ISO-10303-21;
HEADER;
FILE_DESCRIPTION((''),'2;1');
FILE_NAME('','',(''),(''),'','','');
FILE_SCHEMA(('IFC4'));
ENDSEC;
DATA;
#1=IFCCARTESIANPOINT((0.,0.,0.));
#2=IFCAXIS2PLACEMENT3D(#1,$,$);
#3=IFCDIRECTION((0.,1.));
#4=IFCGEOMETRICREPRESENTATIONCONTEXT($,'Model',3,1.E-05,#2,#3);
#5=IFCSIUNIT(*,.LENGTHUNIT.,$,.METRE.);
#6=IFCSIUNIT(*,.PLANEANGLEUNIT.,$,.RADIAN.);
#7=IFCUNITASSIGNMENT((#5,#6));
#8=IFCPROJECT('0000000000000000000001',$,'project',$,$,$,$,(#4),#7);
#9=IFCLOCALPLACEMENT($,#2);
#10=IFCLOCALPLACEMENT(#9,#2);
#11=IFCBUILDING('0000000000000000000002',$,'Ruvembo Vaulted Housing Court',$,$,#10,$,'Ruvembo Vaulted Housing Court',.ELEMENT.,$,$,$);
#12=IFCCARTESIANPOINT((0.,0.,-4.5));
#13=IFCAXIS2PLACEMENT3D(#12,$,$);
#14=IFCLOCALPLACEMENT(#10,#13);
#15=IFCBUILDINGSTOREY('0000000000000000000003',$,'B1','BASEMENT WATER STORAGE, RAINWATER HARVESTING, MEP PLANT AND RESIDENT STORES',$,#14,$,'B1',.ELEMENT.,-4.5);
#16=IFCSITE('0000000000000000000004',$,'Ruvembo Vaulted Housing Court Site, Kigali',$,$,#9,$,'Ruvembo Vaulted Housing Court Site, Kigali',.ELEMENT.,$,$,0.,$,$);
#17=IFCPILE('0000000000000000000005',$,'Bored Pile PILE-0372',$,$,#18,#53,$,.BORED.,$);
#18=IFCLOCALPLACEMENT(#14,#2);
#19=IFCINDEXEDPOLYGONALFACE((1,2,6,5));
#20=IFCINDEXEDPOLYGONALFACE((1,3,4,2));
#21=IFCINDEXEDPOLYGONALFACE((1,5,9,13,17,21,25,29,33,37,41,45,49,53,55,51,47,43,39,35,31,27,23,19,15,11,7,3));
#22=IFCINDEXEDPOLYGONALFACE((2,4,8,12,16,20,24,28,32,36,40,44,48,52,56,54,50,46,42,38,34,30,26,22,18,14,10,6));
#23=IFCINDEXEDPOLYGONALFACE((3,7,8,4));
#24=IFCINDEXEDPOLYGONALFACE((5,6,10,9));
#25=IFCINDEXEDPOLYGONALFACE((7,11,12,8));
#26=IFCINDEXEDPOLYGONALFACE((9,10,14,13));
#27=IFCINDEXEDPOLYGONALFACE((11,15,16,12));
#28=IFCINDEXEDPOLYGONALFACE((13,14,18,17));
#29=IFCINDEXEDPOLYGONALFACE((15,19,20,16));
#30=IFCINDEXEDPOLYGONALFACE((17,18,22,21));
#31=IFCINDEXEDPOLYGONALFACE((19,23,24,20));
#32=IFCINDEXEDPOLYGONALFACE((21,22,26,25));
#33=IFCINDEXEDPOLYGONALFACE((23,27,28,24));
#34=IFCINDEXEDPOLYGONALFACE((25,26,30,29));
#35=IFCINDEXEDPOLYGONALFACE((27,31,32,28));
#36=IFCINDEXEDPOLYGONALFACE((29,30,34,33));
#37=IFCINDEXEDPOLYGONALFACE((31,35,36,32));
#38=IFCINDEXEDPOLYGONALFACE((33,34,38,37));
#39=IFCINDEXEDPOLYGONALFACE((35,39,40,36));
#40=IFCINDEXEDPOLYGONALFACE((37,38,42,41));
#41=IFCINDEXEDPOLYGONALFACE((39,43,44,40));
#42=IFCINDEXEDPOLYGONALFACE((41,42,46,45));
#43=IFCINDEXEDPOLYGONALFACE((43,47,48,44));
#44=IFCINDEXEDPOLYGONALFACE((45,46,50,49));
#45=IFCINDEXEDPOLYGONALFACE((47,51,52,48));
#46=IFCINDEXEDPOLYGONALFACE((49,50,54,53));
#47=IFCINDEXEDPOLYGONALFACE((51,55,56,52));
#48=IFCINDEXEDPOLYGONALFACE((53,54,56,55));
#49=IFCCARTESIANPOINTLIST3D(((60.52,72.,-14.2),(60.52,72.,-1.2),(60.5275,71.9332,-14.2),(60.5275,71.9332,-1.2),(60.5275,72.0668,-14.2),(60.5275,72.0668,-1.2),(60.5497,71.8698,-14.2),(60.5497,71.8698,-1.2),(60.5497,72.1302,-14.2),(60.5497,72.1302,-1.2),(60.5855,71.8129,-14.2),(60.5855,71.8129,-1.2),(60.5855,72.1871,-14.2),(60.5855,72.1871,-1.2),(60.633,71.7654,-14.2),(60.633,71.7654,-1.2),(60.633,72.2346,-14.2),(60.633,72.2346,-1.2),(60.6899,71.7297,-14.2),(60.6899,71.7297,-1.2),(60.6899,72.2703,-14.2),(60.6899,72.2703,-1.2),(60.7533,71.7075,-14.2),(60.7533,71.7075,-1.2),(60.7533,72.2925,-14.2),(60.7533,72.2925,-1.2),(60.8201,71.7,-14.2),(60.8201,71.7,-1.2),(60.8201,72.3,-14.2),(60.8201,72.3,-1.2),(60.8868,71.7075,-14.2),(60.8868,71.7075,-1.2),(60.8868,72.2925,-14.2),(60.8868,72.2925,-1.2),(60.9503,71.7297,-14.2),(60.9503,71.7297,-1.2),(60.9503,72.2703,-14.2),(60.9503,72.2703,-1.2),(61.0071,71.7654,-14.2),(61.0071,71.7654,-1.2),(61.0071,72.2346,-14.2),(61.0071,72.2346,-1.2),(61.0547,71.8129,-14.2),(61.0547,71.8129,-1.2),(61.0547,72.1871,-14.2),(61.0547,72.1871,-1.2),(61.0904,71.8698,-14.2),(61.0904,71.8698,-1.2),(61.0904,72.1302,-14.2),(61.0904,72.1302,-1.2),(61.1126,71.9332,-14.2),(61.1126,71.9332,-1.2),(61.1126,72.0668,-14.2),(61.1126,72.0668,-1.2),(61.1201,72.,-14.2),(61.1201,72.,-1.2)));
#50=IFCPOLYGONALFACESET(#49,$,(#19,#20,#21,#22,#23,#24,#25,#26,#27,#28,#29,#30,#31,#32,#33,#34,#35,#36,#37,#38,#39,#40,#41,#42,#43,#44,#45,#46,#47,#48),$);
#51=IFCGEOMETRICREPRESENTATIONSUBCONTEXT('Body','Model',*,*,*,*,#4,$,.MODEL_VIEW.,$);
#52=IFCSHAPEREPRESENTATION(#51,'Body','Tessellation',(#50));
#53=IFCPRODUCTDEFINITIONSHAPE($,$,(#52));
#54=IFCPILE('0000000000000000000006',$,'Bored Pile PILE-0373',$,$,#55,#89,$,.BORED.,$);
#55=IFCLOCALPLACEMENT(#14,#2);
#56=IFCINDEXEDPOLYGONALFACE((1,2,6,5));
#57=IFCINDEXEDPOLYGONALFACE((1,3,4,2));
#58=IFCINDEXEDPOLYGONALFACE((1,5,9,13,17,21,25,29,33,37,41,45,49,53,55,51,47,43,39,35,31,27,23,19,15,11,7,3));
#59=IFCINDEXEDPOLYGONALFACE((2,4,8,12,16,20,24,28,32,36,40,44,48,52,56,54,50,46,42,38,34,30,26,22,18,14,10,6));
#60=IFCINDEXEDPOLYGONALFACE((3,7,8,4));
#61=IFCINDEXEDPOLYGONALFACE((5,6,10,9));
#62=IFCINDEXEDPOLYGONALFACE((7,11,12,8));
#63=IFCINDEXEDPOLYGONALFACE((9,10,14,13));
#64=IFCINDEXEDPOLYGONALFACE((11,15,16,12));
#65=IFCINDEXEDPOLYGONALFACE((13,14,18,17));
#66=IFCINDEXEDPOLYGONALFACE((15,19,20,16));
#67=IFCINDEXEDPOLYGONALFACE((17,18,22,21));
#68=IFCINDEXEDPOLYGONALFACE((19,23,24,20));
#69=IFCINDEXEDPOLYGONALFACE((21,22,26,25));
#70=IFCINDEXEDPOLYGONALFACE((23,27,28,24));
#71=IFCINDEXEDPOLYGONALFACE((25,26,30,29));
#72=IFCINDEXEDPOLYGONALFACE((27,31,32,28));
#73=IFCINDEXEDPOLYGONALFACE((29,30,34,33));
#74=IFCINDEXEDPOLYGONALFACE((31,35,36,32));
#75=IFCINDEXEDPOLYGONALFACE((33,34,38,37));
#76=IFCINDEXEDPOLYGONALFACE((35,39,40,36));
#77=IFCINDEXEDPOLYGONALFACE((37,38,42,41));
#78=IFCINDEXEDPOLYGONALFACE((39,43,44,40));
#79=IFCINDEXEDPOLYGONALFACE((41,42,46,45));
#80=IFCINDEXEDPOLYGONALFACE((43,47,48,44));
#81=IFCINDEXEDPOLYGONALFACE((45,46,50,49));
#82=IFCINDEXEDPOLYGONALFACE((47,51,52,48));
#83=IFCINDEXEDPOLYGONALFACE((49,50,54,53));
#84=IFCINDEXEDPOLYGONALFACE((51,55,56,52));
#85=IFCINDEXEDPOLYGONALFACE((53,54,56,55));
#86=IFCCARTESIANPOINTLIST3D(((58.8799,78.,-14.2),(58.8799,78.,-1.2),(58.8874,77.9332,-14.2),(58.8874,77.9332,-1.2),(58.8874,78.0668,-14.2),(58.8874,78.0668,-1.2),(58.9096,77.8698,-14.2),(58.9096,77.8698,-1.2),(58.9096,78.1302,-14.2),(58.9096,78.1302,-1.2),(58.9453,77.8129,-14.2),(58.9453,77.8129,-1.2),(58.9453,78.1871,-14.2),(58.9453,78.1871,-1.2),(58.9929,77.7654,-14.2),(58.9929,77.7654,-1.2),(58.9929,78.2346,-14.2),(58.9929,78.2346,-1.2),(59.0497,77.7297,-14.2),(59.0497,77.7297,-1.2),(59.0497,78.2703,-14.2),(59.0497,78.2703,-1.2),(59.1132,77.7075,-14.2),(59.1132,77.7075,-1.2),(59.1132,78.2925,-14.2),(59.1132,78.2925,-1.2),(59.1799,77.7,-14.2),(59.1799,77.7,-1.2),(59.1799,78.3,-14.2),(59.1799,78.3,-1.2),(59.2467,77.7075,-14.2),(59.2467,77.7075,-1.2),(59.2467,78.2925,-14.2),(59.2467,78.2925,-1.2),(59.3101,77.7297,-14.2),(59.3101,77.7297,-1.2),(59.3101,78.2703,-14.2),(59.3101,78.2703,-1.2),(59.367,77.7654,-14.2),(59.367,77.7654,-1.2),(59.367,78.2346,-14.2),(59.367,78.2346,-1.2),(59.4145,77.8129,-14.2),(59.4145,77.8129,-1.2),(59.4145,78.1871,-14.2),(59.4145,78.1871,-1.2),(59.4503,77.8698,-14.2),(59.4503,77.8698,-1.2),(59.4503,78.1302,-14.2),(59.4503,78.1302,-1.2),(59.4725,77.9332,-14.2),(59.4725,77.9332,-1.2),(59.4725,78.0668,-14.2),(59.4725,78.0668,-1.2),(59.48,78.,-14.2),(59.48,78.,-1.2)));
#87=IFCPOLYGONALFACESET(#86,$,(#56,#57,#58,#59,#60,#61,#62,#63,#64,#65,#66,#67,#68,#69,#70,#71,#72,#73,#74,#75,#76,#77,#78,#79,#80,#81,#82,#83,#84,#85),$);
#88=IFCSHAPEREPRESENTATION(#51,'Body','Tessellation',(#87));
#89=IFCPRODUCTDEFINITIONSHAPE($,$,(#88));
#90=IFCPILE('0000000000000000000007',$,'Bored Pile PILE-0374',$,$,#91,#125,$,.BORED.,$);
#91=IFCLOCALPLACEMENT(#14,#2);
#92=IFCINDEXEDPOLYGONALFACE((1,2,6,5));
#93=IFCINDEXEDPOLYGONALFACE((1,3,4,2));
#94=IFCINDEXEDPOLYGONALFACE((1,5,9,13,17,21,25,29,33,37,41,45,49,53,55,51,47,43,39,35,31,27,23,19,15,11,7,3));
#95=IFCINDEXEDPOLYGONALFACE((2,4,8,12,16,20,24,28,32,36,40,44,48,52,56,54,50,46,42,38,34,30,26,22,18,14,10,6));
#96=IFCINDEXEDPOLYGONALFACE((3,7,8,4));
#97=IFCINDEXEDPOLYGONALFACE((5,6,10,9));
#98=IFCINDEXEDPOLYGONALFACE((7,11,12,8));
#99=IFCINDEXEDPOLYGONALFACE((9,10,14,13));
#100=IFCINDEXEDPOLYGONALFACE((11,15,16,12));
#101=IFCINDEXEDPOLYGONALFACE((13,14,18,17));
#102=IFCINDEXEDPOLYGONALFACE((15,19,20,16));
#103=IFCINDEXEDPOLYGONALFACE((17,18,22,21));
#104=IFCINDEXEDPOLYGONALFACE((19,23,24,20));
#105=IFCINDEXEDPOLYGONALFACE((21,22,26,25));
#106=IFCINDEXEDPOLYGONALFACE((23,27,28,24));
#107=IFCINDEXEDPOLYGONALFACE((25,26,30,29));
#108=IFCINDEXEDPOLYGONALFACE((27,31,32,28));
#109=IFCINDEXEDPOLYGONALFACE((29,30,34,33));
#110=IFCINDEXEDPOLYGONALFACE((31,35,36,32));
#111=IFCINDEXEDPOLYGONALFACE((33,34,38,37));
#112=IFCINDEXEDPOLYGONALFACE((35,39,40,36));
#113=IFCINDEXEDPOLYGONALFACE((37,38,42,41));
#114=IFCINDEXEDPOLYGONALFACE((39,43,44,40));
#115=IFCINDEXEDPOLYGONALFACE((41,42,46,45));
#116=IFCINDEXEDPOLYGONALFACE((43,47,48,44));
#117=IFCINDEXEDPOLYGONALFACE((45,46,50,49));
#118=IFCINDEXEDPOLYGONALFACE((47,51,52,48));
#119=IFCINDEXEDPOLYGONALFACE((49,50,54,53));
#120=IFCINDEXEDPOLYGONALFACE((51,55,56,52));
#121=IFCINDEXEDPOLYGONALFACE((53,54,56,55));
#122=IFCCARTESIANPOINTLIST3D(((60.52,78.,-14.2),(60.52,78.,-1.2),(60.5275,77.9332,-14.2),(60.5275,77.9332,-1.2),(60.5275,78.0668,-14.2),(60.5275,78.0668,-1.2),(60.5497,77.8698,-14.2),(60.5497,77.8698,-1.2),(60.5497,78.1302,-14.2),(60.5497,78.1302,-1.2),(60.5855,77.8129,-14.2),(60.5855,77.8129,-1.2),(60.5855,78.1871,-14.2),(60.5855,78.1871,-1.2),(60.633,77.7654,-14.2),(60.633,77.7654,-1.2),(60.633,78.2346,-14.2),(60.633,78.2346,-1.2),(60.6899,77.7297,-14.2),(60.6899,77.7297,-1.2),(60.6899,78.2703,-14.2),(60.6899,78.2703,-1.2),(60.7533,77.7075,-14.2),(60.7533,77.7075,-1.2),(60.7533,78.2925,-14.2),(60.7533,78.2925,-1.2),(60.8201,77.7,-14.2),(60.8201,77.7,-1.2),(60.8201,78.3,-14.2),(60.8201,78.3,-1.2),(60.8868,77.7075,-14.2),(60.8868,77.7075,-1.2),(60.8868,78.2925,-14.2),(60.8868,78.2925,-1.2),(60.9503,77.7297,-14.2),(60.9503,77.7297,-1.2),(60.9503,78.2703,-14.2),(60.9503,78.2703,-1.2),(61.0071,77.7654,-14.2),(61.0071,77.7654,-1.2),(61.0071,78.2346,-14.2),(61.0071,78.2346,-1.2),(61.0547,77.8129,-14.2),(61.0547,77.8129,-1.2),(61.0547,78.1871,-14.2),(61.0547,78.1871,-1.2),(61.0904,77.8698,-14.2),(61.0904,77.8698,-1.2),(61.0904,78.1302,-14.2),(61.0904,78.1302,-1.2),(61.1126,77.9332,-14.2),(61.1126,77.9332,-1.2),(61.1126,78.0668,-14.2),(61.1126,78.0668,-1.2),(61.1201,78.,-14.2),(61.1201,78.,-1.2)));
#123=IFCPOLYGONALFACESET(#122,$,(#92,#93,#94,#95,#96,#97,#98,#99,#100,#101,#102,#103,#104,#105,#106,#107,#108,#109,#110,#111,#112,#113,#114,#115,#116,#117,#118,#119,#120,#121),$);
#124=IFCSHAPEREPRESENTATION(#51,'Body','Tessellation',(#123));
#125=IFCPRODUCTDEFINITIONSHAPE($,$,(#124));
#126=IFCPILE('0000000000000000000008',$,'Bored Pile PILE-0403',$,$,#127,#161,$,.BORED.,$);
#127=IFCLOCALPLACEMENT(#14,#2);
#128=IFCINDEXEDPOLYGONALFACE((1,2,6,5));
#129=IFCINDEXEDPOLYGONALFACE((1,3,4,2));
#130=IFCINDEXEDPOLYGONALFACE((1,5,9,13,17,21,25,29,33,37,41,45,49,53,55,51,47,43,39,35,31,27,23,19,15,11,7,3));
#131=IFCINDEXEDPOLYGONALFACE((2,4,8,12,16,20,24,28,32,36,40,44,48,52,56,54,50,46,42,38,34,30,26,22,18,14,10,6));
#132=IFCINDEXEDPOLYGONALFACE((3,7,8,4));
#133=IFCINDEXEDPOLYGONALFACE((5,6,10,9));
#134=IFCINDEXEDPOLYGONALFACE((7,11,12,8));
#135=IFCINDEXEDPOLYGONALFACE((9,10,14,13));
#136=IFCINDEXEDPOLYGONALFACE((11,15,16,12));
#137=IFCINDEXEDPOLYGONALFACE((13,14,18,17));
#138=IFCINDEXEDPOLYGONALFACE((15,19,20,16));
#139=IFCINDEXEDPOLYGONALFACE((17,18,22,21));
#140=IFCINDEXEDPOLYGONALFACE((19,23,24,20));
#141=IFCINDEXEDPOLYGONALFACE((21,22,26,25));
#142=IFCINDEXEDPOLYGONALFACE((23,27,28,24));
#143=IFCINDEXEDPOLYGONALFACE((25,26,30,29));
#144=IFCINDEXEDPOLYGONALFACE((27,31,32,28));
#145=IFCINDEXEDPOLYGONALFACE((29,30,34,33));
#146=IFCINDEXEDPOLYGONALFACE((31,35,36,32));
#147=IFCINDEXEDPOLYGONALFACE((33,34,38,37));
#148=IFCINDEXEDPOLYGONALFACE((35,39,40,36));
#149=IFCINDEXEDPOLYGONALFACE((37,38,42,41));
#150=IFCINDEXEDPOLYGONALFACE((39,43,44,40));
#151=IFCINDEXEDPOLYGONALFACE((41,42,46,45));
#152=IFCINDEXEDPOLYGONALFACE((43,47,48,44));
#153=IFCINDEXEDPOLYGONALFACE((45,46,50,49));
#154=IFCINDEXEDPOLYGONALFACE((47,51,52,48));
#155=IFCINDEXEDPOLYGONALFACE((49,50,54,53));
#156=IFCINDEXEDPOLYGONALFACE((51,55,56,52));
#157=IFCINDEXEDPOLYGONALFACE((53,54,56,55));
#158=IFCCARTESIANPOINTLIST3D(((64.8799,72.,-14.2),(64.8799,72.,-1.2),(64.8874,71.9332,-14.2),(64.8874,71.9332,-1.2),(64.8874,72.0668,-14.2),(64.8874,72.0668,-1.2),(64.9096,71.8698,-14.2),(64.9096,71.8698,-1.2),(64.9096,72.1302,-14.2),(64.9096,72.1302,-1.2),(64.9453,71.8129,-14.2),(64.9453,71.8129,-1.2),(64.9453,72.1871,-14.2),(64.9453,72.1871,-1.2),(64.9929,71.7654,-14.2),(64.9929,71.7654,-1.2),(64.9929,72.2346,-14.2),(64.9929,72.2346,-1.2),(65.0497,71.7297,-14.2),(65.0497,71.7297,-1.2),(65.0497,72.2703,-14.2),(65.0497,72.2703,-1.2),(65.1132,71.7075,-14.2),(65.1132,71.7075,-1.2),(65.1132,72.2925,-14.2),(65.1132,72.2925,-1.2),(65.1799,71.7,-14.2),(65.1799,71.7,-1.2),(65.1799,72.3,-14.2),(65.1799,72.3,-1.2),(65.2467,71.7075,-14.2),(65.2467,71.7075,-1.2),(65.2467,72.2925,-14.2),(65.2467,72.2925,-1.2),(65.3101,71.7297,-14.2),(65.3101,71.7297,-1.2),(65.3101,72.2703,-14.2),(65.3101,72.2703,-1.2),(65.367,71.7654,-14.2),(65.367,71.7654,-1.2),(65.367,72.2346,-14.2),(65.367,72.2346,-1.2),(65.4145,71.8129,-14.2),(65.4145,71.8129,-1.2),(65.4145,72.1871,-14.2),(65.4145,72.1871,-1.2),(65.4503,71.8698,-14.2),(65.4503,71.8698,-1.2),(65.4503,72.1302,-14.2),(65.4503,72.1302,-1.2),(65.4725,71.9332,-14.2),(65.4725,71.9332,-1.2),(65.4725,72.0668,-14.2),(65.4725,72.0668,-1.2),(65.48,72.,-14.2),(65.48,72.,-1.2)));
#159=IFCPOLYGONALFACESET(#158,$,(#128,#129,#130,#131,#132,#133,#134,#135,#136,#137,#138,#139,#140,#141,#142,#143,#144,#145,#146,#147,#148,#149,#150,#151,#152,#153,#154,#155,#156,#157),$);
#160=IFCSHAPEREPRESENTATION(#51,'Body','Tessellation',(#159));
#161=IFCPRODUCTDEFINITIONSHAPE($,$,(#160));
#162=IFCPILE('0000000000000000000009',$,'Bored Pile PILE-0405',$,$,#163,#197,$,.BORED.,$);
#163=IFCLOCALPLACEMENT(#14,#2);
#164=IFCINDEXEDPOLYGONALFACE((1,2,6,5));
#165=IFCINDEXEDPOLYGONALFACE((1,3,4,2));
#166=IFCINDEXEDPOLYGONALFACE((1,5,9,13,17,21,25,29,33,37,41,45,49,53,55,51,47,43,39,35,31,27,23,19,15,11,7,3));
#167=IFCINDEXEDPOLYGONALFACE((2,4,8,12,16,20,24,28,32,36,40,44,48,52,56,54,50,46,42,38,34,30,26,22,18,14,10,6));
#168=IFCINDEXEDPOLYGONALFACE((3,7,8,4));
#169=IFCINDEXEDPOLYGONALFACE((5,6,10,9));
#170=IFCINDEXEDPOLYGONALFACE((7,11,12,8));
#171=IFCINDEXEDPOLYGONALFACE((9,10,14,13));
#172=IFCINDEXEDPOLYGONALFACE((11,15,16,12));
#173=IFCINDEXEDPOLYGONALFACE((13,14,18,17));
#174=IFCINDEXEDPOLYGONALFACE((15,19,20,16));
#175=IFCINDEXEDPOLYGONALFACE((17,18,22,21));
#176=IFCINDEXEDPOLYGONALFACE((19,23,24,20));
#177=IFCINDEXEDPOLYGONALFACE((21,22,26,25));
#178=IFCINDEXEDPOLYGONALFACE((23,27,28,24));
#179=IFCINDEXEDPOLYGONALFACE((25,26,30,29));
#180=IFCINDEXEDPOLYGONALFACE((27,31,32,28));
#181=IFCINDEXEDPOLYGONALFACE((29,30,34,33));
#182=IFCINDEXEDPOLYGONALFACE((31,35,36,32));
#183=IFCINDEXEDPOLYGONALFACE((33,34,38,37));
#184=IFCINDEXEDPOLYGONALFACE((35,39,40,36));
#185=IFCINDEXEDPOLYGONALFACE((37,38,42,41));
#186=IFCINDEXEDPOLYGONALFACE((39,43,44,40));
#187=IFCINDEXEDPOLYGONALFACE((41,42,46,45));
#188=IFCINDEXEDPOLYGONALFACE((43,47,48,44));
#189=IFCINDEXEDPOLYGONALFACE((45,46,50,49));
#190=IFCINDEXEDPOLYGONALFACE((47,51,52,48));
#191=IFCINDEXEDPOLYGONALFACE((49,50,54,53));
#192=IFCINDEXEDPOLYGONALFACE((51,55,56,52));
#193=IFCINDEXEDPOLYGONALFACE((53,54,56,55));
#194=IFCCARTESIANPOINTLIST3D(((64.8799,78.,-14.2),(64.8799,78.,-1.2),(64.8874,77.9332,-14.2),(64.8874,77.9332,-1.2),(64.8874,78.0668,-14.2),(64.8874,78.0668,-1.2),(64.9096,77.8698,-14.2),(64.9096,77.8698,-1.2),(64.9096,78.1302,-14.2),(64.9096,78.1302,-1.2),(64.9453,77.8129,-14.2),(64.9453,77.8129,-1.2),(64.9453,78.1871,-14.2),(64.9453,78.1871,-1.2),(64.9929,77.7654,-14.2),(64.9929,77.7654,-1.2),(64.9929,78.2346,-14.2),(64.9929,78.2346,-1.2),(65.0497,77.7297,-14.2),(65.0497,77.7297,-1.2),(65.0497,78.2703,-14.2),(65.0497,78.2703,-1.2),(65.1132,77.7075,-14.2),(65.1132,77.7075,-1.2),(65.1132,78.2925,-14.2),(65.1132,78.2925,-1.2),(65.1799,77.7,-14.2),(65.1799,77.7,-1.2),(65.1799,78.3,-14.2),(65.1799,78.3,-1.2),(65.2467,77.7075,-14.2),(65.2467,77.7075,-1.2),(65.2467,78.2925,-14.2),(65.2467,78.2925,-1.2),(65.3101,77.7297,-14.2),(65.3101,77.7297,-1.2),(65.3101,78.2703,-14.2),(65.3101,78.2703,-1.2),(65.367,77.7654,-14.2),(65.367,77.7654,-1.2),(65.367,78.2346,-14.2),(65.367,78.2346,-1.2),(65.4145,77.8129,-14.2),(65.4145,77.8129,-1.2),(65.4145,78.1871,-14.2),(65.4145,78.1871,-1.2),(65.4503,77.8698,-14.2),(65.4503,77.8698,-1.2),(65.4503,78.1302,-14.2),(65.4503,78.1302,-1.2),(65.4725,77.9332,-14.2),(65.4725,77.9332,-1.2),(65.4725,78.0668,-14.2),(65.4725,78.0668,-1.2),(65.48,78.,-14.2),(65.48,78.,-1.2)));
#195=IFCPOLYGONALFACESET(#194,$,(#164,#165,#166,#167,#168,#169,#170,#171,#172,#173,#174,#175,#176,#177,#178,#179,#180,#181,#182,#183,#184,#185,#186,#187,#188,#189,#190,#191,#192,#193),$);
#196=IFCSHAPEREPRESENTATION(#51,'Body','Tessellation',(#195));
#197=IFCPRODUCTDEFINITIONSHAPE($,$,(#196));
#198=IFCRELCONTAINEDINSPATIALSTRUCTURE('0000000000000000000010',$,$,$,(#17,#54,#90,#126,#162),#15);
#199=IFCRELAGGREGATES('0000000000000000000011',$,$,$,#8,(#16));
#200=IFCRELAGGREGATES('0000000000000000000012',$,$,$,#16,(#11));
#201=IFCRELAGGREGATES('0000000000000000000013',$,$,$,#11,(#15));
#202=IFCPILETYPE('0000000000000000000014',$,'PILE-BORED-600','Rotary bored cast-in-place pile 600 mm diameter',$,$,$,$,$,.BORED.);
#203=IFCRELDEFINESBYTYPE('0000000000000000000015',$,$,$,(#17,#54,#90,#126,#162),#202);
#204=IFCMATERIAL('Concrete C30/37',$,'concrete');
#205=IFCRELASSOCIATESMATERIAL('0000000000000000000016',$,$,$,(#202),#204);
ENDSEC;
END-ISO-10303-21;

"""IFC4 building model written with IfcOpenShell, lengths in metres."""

from ifc_helpers import new_model, si_unit, direction, frame, origin, origin_2d, place, context, subcontext, project, spatial, circle, extrude, material, material_profile, profile_set, type_object, element, save


model = new_model("IFC4")

# Units and contexts
model_context = context("Model", 3, precision=1e-05, world=origin(), true_north=direction((0.0, 1.0)))
body_context = subcontext(model_context, "Body", "Model", "MODEL_VIEW")
ifc_project = project(units=[si_unit("LENGTHUNIT", "METRE"), si_unit("PLANEANGLEUNIT", "RADIAN")], contexts=[model_context])

# Site, building, storey
site_placement = place(None, origin())
site = spatial("IfcSite", under=ifc_project, at=site_placement, Name="Ruvembo Vaulted Housing Court Site, Kigali", LongName="Ruvembo Vaulted Housing Court Site, Kigali", CompositionType="ELEMENT", RefElevation=0.0)
building_placement = place(site_placement, origin())
building = spatial("IfcBuilding", under=site, at=building_placement, Name="Ruvembo Vaulted Housing Court", LongName="Ruvembo Vaulted Housing Court", CompositionType="ELEMENT")
storey_placement = place(building_placement, frame((0.0, 0.0, -4.5)))
storey = spatial("IfcBuildingStorey", under=building, at=storey_placement, Name="B1", Description="BASEMENT WATER STORAGE, RAINWATER HARVESTING, MEP PLANT AND RESIDENT STORES", LongName="B1", CompositionType="ELEMENT", Elevation=-4.5)

# Piles
ifc_material_1 = material(Name="Concrete C30/37", Category="concrete")
ifc_material_profile_1 = material_profile(ifc_material_1, circle(Radius=0.3, at=origin_2d()), Name="PILE D600")
ifc_profile_set_1 = profile_set([ifc_material_profile_1], Name="Concrete C30/37")
pile_type_1 = type_object("IfcPileType", Name="PILE-BORED-600", Description="Rotary bored cast-in-place pile 600 mm diameter", PredefinedType="BORED", material=ifc_profile_set_1)
for number, where, z_axis, x_axis, name in (
    (1, (60.8201, 72.0, -1.2), (0.0, 0.0, -1.0), (1.0, 0.0, 0.0), "Bored Pile PILE-0372"),
    (2, (59.1799, 78.0, -1.2), (0.0, 0.0, -1.0), (1.0, 0.0, 0.0), "Bored Pile PILE-0373"),
    (3, (60.8201, 78.0, -1.2), (0.0, 0.0, -1.0), (1.0, 0.0, 0.0), "Bored Pile PILE-0374"),
    (4, (65.1799, 72.0, -1.2), (0.0, 0.0, -1.0), (1.0, 0.0, 0.0), "Bored Pile PILE-0403"),
    (5, (65.1799, 78.0, -1.2), (0.0, 0.0, -1.0), (1.0, 0.0, 0.0), "Bored Pile PILE-0405"),
):
    element("IfcPile", number, at=place(storey_placement, frame(where, z_axis=z_axis, x_axis=x_axis)), inside=storey, type_object=pile_type_1, Name=name, PredefinedType="BORED", context=body_context, shape_type="SweptSolid", body=[
        extrude(circle(Radius=0.3, at=origin_2d()), origin(), (0.0, 0.0, 1.0), 13.0),
    ])

save(model, "model.ifc")
